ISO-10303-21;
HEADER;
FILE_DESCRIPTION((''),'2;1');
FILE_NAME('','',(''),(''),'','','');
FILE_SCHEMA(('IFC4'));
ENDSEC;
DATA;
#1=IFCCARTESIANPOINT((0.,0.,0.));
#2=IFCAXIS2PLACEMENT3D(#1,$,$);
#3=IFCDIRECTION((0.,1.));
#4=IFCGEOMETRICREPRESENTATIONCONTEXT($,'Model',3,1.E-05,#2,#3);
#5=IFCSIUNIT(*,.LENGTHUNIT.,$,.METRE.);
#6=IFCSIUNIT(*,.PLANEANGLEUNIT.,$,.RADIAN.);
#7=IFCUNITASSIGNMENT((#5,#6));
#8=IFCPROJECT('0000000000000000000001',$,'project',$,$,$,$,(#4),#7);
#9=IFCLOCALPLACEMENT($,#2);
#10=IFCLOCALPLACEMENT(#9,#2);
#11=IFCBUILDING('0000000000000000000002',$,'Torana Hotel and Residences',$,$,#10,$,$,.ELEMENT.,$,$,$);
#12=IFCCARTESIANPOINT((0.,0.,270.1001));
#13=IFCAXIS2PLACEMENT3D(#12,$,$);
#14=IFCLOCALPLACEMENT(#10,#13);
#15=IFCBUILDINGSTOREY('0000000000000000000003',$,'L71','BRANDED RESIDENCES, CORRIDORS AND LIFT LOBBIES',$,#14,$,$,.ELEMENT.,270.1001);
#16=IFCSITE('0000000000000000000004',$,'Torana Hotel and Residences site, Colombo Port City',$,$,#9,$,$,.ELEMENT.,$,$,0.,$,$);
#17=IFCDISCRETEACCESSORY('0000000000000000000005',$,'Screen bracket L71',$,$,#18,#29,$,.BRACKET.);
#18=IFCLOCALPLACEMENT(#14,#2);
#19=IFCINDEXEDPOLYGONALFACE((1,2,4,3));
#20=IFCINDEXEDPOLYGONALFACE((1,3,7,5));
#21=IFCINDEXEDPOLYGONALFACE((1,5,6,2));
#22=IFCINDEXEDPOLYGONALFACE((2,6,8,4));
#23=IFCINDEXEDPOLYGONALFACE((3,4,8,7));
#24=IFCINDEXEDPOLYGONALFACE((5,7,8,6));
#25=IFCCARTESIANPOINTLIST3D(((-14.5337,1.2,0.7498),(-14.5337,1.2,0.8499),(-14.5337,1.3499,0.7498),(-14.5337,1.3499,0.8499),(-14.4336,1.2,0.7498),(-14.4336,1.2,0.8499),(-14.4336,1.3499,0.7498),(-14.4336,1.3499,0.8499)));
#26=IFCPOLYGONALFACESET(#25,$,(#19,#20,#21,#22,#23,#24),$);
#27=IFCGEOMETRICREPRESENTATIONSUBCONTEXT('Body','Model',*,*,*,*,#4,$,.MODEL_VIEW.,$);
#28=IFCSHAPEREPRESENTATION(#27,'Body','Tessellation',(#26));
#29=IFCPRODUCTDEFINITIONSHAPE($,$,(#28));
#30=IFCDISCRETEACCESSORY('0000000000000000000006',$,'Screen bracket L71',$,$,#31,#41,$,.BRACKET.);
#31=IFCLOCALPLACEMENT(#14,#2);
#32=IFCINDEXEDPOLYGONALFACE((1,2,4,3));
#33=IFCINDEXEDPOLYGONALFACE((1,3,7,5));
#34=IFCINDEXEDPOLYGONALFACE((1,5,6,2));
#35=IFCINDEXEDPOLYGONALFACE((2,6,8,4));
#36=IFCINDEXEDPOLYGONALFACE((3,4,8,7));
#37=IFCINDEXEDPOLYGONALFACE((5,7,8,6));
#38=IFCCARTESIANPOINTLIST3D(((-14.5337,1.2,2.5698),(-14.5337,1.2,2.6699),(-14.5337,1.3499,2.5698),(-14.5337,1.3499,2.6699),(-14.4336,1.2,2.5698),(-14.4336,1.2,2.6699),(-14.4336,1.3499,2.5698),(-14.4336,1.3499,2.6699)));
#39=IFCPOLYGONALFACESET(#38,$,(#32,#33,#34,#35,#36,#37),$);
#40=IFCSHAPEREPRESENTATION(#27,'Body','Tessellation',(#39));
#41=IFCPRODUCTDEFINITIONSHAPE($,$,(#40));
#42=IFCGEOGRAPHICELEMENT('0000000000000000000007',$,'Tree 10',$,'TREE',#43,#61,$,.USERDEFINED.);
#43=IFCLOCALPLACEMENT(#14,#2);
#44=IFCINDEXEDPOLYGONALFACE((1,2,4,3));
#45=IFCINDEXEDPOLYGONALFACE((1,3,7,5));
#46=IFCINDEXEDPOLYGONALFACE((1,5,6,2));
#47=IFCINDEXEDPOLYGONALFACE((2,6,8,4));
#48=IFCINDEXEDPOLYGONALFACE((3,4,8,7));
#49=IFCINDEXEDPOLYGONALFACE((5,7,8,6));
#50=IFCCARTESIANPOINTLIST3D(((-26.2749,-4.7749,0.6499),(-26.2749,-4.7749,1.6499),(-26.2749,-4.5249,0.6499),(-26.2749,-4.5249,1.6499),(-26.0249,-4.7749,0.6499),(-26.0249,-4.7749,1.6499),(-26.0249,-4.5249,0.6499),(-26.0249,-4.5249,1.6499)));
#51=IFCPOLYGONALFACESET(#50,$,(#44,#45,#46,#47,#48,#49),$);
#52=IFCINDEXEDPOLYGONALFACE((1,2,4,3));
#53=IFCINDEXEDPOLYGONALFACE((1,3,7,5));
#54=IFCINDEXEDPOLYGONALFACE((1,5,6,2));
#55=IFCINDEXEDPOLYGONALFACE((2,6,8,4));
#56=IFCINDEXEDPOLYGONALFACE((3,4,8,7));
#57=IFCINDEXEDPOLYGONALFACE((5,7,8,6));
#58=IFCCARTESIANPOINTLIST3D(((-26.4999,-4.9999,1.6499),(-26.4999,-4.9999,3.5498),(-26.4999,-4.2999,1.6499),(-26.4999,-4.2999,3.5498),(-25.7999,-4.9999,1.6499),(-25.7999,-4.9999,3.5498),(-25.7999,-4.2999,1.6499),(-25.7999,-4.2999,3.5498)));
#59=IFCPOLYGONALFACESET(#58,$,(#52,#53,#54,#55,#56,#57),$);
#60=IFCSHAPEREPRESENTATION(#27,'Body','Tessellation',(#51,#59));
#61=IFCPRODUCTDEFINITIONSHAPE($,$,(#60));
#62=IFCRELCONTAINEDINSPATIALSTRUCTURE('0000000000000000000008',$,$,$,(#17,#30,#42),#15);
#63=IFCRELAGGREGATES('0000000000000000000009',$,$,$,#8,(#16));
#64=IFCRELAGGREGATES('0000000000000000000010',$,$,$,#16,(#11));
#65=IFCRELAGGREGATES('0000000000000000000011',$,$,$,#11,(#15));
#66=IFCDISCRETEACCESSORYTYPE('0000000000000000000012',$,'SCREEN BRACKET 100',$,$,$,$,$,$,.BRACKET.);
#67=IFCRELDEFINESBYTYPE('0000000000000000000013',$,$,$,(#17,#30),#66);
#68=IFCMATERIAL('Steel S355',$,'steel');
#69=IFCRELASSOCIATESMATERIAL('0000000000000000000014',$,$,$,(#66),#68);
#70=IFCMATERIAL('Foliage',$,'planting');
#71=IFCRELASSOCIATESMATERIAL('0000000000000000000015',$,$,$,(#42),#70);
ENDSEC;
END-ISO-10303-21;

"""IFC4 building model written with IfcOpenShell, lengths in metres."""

from ifc_helpers import new_model, si_unit, direction, frame, origin, origin_2d, place, context, subcontext, project, spatial, rectangle, extrude, material, type_object, element, save


model = new_model("IFC4")

# Units and contexts
model_context = context("Model", 3, precision=1e-05, world=origin(), true_north=direction((0.0, 1.0)))
body_context = subcontext(model_context, "Body", "Model", "MODEL_VIEW")
ifc_project = project(units=[si_unit("LENGTHUNIT", "METRE"), si_unit("PLANEANGLEUNIT", "RADIAN")], contexts=[model_context])

# Site, building, storey
site_placement = place(None, origin())
site = spatial("IfcSite", under=ifc_project, at=site_placement, Name="Torana Hotel and Residences site, Colombo Port City", CompositionType="ELEMENT", RefElevation=0.0)
building_placement = place(site_placement, origin())
building = spatial("IfcBuilding", under=site, at=building_placement, Name="Torana Hotel and Residences", CompositionType="ELEMENT")
storey_placement = place(building_placement, frame((0.0, 0.0, 270.1001)))
storey = spatial("IfcBuildingStorey", under=building, at=storey_placement, Name="L71", Description="BRANDED RESIDENCES, CORRIDORS AND LIFT LOBBIES", CompositionType="ELEMENT", Elevation=270.1001)

# Discrete accessories
ifc_material_1 = material(Name="Steel S355", Category="steel")
discrete_accessory_type = type_object("IfcDiscreteAccessoryType", Name="SCREEN BRACKET 100", PredefinedType="BRACKET", material=ifc_material_1)
for number, where, z_axis, x_axis, name in (
    (1, (-14.4836, 1.2749, 0.7498), (0.0, 0.0, 1.0), (-1.0, 0.0, 0.0), "Screen bracket L71"),
    (2, (-14.4836, 1.2749, 2.5698), (0.0, 0.0, 1.0), (-1.0, 0.0, 0.0), "Screen bracket L71"),
):
    element("IfcDiscreteAccessory", number, at=place(storey_placement, frame(where, z_axis=z_axis, x_axis=x_axis)), inside=storey, type_object=discrete_accessory_type, Name=name, PredefinedType="BRACKET", context=body_context, shape_type="SweptSolid", body=[
        extrude(rectangle(XDim=0.1001, YDim=0.1499, at=origin_2d()), origin(), (0.0, 0.0, 1.0), 0.1001),
    ])

# Geographic element
ifc_material_2 = material(Name="Foliage", Category="planting")
geographic_element_placement = place(storey_placement, frame((-26.1499, -4.6499, 0.6499), z_axis=(0.0, 0.0, 1.0), x_axis=(1.0, 0.0, 0.0)))
element("IfcGeographicElement", 3, at=geographic_element_placement, inside=storey, material=ifc_material_2, Name="Tree 10", ObjectType="TREE", PredefinedType="USERDEFINED", context=body_context, shape_type="SweptSolid", body=[
    extrude(rectangle(XDim=0.25, YDim=0.25, at=origin_2d()), origin(), (0.0, 0.0, 1.0), 1.0),
    extrude(rectangle(XDim=0.7, YDim=0.7, at=origin_2d()), frame((0.0, 0.0, 1.0)), (0.0, 0.0, 1.0), 1.8999),
])

save(model, "model.ifc")
